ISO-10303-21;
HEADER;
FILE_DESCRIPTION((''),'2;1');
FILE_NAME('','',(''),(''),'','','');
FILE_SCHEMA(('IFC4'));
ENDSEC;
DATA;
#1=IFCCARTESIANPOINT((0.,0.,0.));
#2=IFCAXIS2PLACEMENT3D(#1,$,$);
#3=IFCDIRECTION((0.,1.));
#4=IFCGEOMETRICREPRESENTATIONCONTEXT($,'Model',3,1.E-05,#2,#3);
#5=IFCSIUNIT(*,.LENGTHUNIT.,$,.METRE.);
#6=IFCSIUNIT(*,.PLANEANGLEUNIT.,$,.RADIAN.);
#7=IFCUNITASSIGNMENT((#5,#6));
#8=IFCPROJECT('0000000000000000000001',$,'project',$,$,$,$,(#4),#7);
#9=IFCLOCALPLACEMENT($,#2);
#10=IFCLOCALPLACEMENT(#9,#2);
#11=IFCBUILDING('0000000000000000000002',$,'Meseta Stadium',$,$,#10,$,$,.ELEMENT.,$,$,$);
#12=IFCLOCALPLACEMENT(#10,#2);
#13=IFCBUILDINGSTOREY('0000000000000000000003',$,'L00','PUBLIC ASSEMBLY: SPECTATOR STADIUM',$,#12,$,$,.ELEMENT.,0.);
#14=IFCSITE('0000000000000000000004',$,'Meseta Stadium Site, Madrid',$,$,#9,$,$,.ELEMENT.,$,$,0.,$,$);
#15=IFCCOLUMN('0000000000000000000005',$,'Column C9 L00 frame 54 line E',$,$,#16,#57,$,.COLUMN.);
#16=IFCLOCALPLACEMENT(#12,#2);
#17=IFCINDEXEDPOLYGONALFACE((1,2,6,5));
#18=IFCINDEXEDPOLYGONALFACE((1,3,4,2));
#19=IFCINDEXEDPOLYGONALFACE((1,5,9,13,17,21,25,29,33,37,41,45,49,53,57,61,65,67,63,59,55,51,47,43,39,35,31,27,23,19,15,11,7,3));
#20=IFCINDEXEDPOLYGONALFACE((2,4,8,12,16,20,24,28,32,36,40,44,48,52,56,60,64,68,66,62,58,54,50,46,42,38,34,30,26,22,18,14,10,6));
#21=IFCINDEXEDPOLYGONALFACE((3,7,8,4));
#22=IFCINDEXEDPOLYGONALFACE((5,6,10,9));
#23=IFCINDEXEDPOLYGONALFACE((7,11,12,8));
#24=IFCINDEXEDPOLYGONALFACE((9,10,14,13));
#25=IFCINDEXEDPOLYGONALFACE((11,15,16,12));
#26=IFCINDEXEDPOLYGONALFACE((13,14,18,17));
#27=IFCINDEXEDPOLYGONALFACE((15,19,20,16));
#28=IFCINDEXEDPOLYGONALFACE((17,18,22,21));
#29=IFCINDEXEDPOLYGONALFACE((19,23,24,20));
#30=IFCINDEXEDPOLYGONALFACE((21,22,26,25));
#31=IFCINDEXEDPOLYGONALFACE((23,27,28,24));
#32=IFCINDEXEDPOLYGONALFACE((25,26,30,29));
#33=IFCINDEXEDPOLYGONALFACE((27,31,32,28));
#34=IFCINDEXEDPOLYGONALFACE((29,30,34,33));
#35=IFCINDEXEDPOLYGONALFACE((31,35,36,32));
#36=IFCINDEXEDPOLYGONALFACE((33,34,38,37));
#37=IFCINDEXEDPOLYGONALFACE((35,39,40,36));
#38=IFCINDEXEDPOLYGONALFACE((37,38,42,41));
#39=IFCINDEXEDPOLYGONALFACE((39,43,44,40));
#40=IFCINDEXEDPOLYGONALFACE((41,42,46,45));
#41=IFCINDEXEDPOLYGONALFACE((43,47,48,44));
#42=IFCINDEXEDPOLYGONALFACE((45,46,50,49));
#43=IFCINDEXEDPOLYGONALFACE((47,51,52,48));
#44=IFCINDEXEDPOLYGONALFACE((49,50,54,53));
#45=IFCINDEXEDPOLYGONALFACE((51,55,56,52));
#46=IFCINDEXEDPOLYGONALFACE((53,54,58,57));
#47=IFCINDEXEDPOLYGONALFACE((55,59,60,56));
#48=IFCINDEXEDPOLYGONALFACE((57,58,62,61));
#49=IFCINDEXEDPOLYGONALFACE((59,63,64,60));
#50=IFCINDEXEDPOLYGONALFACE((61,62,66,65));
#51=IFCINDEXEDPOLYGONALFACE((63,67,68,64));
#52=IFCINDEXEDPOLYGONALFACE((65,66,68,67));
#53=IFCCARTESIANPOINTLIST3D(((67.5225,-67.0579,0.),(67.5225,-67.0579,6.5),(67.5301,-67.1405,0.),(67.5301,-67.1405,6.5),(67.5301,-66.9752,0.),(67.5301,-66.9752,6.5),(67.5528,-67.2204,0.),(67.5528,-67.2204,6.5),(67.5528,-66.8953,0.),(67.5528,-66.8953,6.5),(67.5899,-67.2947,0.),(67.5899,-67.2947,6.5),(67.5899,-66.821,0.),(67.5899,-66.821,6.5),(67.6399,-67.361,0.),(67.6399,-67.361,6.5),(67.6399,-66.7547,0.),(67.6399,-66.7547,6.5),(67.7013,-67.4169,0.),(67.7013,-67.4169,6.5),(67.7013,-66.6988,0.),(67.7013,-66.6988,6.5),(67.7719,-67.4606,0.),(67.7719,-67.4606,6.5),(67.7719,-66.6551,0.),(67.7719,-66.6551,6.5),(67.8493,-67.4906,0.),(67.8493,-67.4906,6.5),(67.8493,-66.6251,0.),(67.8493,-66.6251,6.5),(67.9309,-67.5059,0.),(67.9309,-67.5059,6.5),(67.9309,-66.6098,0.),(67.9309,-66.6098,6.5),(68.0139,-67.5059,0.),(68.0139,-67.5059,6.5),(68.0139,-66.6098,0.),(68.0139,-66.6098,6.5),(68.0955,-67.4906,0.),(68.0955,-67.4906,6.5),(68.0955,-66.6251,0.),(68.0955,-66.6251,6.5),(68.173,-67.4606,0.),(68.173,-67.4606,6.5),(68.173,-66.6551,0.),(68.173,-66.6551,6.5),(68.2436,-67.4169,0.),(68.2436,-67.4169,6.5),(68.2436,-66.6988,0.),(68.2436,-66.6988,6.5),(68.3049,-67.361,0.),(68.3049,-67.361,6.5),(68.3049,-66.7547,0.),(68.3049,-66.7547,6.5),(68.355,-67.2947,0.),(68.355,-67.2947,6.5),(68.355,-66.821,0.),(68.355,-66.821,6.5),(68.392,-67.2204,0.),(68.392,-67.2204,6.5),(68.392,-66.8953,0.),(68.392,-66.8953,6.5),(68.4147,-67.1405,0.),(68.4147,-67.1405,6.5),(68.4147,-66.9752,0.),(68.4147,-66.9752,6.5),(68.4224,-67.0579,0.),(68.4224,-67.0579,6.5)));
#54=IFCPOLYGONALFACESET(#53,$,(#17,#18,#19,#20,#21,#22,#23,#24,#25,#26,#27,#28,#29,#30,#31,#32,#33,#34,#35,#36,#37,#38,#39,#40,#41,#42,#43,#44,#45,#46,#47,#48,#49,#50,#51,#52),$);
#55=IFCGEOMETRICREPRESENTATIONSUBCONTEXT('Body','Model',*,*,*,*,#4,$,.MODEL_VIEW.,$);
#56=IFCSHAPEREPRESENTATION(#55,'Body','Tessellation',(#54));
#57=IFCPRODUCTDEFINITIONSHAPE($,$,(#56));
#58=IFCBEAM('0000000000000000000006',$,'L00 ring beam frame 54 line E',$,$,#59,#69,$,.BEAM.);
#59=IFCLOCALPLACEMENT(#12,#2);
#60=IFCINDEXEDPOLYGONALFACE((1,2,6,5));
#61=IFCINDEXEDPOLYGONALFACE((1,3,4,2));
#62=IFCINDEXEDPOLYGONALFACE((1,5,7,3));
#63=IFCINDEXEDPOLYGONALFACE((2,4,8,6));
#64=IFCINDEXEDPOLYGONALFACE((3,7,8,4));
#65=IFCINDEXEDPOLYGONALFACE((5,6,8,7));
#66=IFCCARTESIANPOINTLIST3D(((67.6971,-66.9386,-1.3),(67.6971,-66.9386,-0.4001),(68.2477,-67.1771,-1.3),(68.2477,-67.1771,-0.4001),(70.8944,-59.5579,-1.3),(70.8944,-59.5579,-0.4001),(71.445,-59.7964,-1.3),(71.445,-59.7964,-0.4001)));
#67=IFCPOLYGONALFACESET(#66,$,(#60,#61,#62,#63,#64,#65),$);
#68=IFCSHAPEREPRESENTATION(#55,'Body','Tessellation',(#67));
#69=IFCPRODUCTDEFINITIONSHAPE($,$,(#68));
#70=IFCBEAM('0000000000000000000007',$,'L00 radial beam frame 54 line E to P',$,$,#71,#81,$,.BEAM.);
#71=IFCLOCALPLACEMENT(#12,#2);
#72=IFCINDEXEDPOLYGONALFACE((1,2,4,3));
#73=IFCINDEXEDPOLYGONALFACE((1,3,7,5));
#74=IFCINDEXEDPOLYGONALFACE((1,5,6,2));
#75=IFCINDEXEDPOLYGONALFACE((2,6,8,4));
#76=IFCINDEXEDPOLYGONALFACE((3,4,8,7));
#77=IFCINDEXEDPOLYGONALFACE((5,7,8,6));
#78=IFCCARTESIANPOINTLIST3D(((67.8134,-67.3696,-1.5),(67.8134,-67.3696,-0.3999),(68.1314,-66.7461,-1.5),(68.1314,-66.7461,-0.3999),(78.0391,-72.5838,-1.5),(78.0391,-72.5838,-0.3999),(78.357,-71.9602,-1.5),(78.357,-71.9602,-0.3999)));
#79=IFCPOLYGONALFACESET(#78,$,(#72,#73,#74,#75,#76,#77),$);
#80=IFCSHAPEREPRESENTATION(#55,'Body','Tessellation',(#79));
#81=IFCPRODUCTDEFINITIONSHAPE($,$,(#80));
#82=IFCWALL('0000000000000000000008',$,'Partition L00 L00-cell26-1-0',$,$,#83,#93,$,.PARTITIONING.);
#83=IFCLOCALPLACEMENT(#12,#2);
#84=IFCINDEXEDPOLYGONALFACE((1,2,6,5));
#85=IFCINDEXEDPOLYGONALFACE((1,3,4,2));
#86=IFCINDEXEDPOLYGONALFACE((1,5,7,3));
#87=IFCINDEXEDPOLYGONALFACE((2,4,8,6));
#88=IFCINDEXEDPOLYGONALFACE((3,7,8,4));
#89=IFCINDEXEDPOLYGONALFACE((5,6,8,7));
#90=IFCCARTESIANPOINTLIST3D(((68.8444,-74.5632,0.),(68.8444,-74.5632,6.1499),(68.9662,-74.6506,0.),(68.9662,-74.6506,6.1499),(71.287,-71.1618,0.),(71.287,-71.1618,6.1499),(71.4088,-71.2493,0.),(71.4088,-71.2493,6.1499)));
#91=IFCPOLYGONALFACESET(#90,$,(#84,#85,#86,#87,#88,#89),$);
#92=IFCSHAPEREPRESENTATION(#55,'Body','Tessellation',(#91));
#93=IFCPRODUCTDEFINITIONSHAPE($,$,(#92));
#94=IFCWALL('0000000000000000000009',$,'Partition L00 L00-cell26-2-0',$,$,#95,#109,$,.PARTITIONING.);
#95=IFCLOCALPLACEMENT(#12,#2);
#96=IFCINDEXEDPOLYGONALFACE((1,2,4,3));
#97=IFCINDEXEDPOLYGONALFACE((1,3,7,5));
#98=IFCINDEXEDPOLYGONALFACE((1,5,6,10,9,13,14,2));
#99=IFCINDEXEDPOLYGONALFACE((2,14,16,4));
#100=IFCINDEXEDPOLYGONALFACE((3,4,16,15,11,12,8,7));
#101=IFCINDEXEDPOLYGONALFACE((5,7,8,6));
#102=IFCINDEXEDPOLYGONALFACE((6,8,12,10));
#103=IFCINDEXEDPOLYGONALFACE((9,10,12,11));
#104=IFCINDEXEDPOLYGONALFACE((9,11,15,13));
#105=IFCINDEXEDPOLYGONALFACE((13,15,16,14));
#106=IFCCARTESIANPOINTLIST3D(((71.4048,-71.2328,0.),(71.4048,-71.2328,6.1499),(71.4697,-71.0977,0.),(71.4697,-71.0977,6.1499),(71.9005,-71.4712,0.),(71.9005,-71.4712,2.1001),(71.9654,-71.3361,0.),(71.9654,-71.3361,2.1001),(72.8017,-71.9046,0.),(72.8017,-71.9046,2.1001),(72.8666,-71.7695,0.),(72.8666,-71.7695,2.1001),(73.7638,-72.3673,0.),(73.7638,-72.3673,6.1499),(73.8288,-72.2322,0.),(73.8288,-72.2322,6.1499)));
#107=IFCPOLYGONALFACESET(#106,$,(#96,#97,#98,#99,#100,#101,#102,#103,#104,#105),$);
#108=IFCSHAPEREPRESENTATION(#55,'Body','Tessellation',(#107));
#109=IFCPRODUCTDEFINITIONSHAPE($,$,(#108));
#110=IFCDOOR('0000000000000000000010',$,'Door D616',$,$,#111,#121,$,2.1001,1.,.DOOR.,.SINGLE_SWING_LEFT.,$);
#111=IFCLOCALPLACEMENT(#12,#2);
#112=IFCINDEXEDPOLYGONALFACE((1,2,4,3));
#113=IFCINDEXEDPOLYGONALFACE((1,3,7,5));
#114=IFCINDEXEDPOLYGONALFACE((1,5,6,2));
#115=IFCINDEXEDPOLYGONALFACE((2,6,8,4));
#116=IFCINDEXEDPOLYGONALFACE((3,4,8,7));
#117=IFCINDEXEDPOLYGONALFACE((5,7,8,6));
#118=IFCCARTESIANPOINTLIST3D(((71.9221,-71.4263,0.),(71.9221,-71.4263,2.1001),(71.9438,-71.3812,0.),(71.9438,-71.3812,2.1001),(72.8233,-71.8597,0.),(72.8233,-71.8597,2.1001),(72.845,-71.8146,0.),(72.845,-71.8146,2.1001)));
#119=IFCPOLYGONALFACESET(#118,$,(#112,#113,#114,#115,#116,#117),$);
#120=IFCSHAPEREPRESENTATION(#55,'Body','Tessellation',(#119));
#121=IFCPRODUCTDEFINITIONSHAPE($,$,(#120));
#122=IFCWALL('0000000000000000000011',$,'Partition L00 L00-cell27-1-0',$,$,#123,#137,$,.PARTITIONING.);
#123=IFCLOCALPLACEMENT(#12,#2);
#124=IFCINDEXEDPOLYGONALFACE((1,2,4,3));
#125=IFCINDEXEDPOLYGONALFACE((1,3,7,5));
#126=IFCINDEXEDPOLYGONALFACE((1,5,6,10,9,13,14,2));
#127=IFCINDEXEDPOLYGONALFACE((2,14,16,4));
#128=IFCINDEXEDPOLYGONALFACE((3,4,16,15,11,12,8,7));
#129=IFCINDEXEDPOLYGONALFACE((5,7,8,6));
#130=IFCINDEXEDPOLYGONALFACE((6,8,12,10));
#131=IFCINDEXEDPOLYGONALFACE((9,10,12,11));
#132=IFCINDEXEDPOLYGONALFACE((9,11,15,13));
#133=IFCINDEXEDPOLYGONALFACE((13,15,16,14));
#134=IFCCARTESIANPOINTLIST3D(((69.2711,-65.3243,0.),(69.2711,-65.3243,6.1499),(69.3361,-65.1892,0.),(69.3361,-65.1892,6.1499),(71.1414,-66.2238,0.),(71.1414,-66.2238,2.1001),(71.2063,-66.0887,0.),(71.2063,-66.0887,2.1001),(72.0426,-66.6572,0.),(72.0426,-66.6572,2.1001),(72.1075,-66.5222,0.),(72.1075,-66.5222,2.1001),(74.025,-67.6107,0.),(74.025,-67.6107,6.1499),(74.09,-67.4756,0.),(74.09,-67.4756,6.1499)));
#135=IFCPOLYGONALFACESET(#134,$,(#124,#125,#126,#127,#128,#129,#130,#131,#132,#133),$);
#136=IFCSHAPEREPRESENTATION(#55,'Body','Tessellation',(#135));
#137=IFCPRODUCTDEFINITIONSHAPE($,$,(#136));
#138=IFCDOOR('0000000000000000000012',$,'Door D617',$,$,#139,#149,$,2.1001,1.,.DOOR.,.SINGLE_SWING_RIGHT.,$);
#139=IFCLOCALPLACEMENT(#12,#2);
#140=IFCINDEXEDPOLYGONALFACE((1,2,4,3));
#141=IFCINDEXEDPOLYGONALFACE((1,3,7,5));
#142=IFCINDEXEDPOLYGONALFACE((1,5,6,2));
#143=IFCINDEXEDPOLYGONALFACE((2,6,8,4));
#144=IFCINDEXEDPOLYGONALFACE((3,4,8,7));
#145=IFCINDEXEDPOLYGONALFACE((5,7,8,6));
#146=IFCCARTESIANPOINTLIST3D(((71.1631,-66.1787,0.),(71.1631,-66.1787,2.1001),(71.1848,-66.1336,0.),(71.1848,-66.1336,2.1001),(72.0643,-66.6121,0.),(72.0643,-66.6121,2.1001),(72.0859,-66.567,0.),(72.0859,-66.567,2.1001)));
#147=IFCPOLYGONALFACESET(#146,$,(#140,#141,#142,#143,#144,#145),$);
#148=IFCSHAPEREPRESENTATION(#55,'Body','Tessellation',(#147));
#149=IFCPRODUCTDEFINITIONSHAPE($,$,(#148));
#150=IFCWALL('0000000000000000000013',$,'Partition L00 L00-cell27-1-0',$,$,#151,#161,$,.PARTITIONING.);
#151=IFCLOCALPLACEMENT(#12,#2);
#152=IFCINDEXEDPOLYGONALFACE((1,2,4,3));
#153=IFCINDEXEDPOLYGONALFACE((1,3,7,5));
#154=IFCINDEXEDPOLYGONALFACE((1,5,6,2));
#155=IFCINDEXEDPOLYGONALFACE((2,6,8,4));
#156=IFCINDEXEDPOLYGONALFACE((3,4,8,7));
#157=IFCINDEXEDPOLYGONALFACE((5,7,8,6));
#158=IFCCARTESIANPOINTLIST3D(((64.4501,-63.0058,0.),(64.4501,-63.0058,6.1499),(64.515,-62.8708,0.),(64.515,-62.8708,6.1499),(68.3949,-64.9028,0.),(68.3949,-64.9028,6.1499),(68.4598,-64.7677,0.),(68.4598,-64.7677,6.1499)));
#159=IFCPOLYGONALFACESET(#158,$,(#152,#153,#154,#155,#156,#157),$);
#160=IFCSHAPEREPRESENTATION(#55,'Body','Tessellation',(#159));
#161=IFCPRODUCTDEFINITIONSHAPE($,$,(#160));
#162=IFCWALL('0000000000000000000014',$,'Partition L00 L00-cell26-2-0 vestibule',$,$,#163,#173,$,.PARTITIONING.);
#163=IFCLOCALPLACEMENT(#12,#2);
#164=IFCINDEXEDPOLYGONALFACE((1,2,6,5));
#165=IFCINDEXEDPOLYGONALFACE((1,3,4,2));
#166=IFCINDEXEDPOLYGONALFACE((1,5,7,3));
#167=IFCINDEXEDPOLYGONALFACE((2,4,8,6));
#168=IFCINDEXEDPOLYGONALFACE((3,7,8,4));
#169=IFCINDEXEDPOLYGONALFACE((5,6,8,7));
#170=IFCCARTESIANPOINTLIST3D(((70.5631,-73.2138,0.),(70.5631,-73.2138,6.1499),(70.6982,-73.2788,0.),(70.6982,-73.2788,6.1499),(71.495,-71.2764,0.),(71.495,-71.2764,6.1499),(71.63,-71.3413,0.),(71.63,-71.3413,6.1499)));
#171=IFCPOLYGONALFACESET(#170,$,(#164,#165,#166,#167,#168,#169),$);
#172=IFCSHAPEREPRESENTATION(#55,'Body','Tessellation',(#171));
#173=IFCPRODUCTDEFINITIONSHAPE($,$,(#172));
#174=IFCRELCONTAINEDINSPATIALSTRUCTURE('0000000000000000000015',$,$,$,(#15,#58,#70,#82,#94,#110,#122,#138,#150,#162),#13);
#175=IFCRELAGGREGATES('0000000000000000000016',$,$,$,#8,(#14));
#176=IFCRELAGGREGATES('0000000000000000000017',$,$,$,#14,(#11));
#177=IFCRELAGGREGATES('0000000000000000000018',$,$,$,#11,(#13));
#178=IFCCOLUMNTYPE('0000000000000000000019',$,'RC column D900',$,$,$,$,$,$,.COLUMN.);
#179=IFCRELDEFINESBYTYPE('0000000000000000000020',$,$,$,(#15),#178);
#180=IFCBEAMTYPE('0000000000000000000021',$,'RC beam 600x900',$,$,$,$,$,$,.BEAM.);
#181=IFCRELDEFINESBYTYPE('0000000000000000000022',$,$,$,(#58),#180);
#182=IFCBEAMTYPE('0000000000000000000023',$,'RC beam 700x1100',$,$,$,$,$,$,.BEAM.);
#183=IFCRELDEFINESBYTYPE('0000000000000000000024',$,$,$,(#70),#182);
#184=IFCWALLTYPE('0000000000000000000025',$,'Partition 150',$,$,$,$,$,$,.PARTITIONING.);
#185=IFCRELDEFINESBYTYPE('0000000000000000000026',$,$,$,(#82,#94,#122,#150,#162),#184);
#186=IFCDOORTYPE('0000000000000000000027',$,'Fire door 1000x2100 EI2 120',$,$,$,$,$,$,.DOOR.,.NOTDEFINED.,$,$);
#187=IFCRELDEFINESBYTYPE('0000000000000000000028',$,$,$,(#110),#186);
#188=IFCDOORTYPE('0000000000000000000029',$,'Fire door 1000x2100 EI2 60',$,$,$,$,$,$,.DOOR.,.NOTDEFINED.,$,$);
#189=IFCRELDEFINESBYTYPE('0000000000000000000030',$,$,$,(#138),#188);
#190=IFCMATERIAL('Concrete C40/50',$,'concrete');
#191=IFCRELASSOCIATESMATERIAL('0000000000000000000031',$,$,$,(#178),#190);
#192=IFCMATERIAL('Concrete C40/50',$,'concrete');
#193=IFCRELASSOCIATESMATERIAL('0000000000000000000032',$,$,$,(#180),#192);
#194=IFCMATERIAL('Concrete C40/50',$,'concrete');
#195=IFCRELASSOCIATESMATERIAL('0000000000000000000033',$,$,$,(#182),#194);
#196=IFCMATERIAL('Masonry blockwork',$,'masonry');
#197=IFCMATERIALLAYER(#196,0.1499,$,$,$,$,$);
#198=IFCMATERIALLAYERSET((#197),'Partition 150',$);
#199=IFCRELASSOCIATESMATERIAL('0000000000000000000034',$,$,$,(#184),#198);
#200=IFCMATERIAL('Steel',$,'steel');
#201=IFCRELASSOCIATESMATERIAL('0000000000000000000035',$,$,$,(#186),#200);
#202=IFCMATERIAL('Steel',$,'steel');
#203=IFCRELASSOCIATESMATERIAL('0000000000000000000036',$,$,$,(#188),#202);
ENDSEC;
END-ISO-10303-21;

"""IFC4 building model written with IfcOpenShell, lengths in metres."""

from ifc_helpers import new_model, si_unit, direction, frame, frame_2d, origin, origin_2d, place, context, subcontext, project, spatial, rectangle, circle, extrude, material, layer, layer_set, material_profile, profile_set, type_object, element, fill, save


model = new_model("IFC4")

# Units and contexts
model_context = context("Model", 3, precision=1e-05, world=origin(), true_north=direction((0.0, 1.0)))
body_context = subcontext(model_context, "Body", "Model", "MODEL_VIEW")
ifc_project = project(units=[si_unit("LENGTHUNIT", "METRE"), si_unit("PLANEANGLEUNIT", "RADIAN")], contexts=[model_context])

# Site, building, storey
site_placement = place(None, origin())
site = spatial("IfcSite", under=ifc_project, at=site_placement, Name="Meseta Stadium Site, Madrid", CompositionType="ELEMENT", RefElevation=0.0)
building_placement = place(site_placement, origin())
building = spatial("IfcBuilding", under=site, at=building_placement, Name="Meseta Stadium", CompositionType="ELEMENT")
storey_placement = place(building_placement, origin())
storey = spatial("IfcBuildingStorey", under=building, at=storey_placement, Name="L00", Description="PUBLIC ASSEMBLY: SPECTATOR STADIUM", CompositionType="ELEMENT", Elevation=0.0)

# Column
ifc_material_1 = material(Name="Concrete C40/50", Category="concrete")
ifc_material_profile_1 = material_profile(ifc_material_1, circle(Radius=0.45, at=origin_2d()), Name="RC D900")
ifc_profile_set_1 = profile_set([ifc_material_profile_1], Name="Concrete C40/50")
column_type = type_object("IfcColumnType", Name="RC column D900", PredefinedType="COLUMN", material=ifc_profile_set_1)
column_placement = place(storey_placement, frame((67.9724, -67.0579, 0.0), z_axis=(0.0, 0.0, 1.0), x_axis=(1.0, 0.0, 0.0)))
element("IfcColumn", 1, at=column_placement, inside=storey, type_object=column_type, Name="Column C9 L00 frame 54 line E", PredefinedType="COLUMN", context=body_context, shape_type="SweptSolid", body=[
    extrude(circle(Radius=0.45, at=origin_2d()), origin(), (0.0, 0.0, 1.0), 6.5),
])

# Beams
ifc_material_2 = material(Name="Concrete C40/50", Category="concrete")
ifc_material_profile_2 = material_profile(ifc_material_2, rectangle(XDim=0.6001, YDim=0.8999, at=origin_2d()), Name="RC 600x900")
ifc_profile_set_2 = profile_set([ifc_material_profile_2], Name="Concrete C40/50")
beam_type_1 = type_object("IfcBeamType", Name="RC beam 600x900", PredefinedType="BEAM", material=ifc_profile_set_2)
beam_1_placement = place(storey_placement, frame((67.9724, -67.0579, -0.8501), z_axis=(0.397503, 0.917601, 0.0), x_axis=(-0.917601, 0.397503, 0.0)))
element("IfcBeam", 2, at=beam_1_placement, inside=storey, type_object=beam_type_1, Name="L00 ring beam frame 54 line E", PredefinedType="BEAM", context=body_context, shape_type="SweptSolid", body=[
    extrude(rectangle(XDim=0.6001, YDim=0.8999, at=origin_2d()), origin(), (0.0, 0.0, 1.0), 8.0435),
])
ifc_material_3 = material(Name="Concrete C40/50", Category="concrete")
ifc_material_profile_3 = material_profile(ifc_material_3, rectangle(XDim=0.7, YDim=1.1001, at=origin_2d()), Name="RC 700x1100")
ifc_profile_set_3 = profile_set([ifc_material_profile_3], Name="Concrete C40/50")
beam_type_2 = type_object("IfcBeamType", Name="RC beam 700x1100", PredefinedType="BEAM", material=ifc_profile_set_3)
beam_2_placement = place(storey_placement, frame((67.9724, -67.0579, -0.95), z_axis=(0.890869, -0.454261, 0.0), x_axis=(0.454261, 0.890869, 0.0)))
element("IfcBeam", 3, at=beam_2_placement, inside=storey, type_object=beam_type_2, Name="L00 radial beam frame 54 line E to P", PredefinedType="BEAM", context=body_context, shape_type="SweptSolid", body=[
    extrude(rectangle(XDim=0.7, YDim=1.1001, at=origin_2d()), origin(), (0.0, 0.0, 1.0), 11.4783),
])

# Wall
ifc_material_4 = material(Name="Masonry blockwork", Category="masonry")
ifc_layer = layer(ifc_material_4, 0.1499)
ifc_layer_set = layer_set([ifc_layer], Name="Partition 150")
wall_type = type_object("IfcWallType", Name="Partition 150", PredefinedType="PARTITIONING", material=ifc_layer_set)
wall_1_placement = place(storey_placement, frame((71.3479, -71.2056, 0.0), z_axis=(0.0, 0.0, 1.0), x_axis=(-0.583304, -0.812254, 0.0)))
element("IfcWall", 4, at=wall_1_placement, inside=storey, type_object=wall_type, Name="Partition L00 L00-cell26-1-0", PredefinedType="PARTITIONING", context=body_context, shape_type="SweptSolid", body=[
    extrude(rectangle(XDim=4.1875, YDim=0.1499, at=frame_2d((2.0938, 0.0))), origin(), (0.0, 0.0, 1.0), 6.1499),
])

# Walls, openings, doors
wall_2_placement = place(storey_placement, frame((71.4373, -71.1653, 0.0), z_axis=(0.0, 0.0, 1.0), x_axis=(0.901204, -0.433395, 0.0)))
wall_2 = element("IfcWall", 5, at=wall_2_placement, inside=storey, type_object=wall_type, Name="Partition L00 L00-cell26-2-0", PredefinedType="PARTITIONING", context=body_context, shape_type="SweptSolid", body=[
    extrude(rectangle(XDim=2.6177, YDim=0.1499, at=frame_2d((1.3088, 0.0))), origin(), (0.0, 0.0, 1.0), 6.1499),
])
opening_1_placement = place(wall_2_placement, frame((0.55, 0.0, 0.0)))
opening_1 = element("IfcOpeningElement", 6, at=opening_1_placement, cuts=wall_2, PredefinedType="OPENING", context=body_context, shape_type="SweptSolid", body=[
    extrude(rectangle(XDim=1.0, YDim=2.1001, at=frame_2d((0.5, 1.05))), frame((0.0, 0.085, 0.0), z_axis=(0.0, -1.0, 0.0), x_axis=(1.0, 0.0, 0.0)), (0.0, 0.0, 1.0), 0.1699),
])
ifc_material_5 = material(Name="Steel", Category="steel")
door_type_1 = type_object("IfcDoorType", Name="Fire door 1000x2100 EI2 120", OperationType="NOTDEFINED", PredefinedType="DOOR", material=ifc_material_5)
door_1_placement = place(opening_1_placement, origin())
door_1 = element("IfcDoor", 7, at=door_1_placement, inside=storey, type_object=door_type_1, Name="Door D616", OperationType="SINGLE_SWING_LEFT", OverallHeight=2.1001, OverallWidth=1.0, PredefinedType="DOOR", context=body_context, shape_type="SweptSolid", body=[
    extrude(rectangle(XDim=1.0, YDim=2.1001, at=frame_2d((0.5, 1.05))), frame((0.0, 0.0249, 0.0), z_axis=(0.0, -1.0, 0.0), x_axis=(1.0, 0.0, 0.0)), (0.0, 0.0, 1.0), 0.05),
])
fill(opening_1, door_1)
wall_3_placement = place(storey_placement, frame((74.0576, -67.5432, 0.0), z_axis=(0.0, 0.0, 1.0), x_axis=(-0.90119, 0.433425, 0.0)))
wall_3 = element("IfcWall", 8, at=wall_3_placement, inside=storey, type_object=wall_type, Name="Partition L00 L00-cell27-1-0", PredefinedType="PARTITIONING", context=body_context, shape_type="SweptSolid", body=[
    extrude(rectangle(XDim=5.2751, YDim=0.1499, at=frame_2d((2.6377, 0.0))), origin(), (0.0, 0.0, 1.0), 6.1499),
])
opening_2_placement = place(wall_3_placement, frame((2.2, 0.0, 0.0)))
opening_2 = element("IfcOpeningElement", 9, at=opening_2_placement, cuts=wall_3, PredefinedType="OPENING", context=body_context, shape_type="SweptSolid", body=[
    extrude(rectangle(XDim=1.0, YDim=2.1001, at=frame_2d((0.5, 1.05))), frame((0.0, 0.085, 0.0), z_axis=(0.0, -1.0, 0.0), x_axis=(1.0, 0.0, 0.0)), (0.0, 0.0, 1.0), 0.1699),
])
ifc_material_6 = material(Name="Steel", Category="steel")
door_type_2 = type_object("IfcDoorType", Name="Fire door 1000x2100 EI2 60", OperationType="NOTDEFINED", PredefinedType="DOOR", material=ifc_material_6)
door_2_placement = place(opening_2_placement, origin())
door_2 = element("IfcDoor", 10, at=door_2_placement, inside=storey, type_object=door_type_2, Name="Door D617", OperationType="SINGLE_SWING_RIGHT", OverallHeight=2.1001, OverallWidth=1.0, PredefinedType="DOOR", context=body_context, shape_type="SweptSolid", body=[
    extrude(rectangle(XDim=1.0, YDim=2.1001, at=frame_2d((0.5, 1.05))), frame((0.0, 0.0249, 0.0), z_axis=(0.0, -1.0, 0.0), x_axis=(1.0, 0.0, 0.0)), (0.0, 0.0, 1.0), 0.05),
])
fill(opening_2, door_2)

# Walls
wall_4_placement = place(storey_placement, frame((68.4272, -64.8352, 0.0), z_axis=(0.0, 0.0, 1.0), x_axis=(-0.901215, 0.433373, 0.0)))
element("IfcWall", 11, at=wall_4_placement, inside=storey, type_object=wall_type, Name="Partition L00 L00-cell27-1-0", PredefinedType="PARTITIONING", context=body_context, shape_type="SweptSolid", body=[
    extrude(rectangle(XDim=4.3772, YDim=0.1499, at=frame_2d((2.1885, 0.0))), origin(), (0.0, 0.0, 1.0), 6.1499),
])
for number, where, z_axis, x_axis, name in (
    (12, (71.5625, -71.3088, 0.0), (0.0, 0.0, 1.0), (-0.433443, -0.901181, 0.0), "Partition L00 L00-cell26-2-0 vestibule"),
):
    element("IfcWall", number, at=place(storey_placement, frame(where, z_axis=z_axis, x_axis=x_axis)), inside=storey, type_object=wall_type, Name=name, PredefinedType="PARTITIONING", context=body_context, shape_type="SweptSolid", body=[
        extrude(rectangle(XDim=2.1499, YDim=0.1499, at=frame_2d((1.075, 0.0))), origin(), (0.0, 0.0, 1.0), 6.1499),
    ])

save(model, "model.ifc")
